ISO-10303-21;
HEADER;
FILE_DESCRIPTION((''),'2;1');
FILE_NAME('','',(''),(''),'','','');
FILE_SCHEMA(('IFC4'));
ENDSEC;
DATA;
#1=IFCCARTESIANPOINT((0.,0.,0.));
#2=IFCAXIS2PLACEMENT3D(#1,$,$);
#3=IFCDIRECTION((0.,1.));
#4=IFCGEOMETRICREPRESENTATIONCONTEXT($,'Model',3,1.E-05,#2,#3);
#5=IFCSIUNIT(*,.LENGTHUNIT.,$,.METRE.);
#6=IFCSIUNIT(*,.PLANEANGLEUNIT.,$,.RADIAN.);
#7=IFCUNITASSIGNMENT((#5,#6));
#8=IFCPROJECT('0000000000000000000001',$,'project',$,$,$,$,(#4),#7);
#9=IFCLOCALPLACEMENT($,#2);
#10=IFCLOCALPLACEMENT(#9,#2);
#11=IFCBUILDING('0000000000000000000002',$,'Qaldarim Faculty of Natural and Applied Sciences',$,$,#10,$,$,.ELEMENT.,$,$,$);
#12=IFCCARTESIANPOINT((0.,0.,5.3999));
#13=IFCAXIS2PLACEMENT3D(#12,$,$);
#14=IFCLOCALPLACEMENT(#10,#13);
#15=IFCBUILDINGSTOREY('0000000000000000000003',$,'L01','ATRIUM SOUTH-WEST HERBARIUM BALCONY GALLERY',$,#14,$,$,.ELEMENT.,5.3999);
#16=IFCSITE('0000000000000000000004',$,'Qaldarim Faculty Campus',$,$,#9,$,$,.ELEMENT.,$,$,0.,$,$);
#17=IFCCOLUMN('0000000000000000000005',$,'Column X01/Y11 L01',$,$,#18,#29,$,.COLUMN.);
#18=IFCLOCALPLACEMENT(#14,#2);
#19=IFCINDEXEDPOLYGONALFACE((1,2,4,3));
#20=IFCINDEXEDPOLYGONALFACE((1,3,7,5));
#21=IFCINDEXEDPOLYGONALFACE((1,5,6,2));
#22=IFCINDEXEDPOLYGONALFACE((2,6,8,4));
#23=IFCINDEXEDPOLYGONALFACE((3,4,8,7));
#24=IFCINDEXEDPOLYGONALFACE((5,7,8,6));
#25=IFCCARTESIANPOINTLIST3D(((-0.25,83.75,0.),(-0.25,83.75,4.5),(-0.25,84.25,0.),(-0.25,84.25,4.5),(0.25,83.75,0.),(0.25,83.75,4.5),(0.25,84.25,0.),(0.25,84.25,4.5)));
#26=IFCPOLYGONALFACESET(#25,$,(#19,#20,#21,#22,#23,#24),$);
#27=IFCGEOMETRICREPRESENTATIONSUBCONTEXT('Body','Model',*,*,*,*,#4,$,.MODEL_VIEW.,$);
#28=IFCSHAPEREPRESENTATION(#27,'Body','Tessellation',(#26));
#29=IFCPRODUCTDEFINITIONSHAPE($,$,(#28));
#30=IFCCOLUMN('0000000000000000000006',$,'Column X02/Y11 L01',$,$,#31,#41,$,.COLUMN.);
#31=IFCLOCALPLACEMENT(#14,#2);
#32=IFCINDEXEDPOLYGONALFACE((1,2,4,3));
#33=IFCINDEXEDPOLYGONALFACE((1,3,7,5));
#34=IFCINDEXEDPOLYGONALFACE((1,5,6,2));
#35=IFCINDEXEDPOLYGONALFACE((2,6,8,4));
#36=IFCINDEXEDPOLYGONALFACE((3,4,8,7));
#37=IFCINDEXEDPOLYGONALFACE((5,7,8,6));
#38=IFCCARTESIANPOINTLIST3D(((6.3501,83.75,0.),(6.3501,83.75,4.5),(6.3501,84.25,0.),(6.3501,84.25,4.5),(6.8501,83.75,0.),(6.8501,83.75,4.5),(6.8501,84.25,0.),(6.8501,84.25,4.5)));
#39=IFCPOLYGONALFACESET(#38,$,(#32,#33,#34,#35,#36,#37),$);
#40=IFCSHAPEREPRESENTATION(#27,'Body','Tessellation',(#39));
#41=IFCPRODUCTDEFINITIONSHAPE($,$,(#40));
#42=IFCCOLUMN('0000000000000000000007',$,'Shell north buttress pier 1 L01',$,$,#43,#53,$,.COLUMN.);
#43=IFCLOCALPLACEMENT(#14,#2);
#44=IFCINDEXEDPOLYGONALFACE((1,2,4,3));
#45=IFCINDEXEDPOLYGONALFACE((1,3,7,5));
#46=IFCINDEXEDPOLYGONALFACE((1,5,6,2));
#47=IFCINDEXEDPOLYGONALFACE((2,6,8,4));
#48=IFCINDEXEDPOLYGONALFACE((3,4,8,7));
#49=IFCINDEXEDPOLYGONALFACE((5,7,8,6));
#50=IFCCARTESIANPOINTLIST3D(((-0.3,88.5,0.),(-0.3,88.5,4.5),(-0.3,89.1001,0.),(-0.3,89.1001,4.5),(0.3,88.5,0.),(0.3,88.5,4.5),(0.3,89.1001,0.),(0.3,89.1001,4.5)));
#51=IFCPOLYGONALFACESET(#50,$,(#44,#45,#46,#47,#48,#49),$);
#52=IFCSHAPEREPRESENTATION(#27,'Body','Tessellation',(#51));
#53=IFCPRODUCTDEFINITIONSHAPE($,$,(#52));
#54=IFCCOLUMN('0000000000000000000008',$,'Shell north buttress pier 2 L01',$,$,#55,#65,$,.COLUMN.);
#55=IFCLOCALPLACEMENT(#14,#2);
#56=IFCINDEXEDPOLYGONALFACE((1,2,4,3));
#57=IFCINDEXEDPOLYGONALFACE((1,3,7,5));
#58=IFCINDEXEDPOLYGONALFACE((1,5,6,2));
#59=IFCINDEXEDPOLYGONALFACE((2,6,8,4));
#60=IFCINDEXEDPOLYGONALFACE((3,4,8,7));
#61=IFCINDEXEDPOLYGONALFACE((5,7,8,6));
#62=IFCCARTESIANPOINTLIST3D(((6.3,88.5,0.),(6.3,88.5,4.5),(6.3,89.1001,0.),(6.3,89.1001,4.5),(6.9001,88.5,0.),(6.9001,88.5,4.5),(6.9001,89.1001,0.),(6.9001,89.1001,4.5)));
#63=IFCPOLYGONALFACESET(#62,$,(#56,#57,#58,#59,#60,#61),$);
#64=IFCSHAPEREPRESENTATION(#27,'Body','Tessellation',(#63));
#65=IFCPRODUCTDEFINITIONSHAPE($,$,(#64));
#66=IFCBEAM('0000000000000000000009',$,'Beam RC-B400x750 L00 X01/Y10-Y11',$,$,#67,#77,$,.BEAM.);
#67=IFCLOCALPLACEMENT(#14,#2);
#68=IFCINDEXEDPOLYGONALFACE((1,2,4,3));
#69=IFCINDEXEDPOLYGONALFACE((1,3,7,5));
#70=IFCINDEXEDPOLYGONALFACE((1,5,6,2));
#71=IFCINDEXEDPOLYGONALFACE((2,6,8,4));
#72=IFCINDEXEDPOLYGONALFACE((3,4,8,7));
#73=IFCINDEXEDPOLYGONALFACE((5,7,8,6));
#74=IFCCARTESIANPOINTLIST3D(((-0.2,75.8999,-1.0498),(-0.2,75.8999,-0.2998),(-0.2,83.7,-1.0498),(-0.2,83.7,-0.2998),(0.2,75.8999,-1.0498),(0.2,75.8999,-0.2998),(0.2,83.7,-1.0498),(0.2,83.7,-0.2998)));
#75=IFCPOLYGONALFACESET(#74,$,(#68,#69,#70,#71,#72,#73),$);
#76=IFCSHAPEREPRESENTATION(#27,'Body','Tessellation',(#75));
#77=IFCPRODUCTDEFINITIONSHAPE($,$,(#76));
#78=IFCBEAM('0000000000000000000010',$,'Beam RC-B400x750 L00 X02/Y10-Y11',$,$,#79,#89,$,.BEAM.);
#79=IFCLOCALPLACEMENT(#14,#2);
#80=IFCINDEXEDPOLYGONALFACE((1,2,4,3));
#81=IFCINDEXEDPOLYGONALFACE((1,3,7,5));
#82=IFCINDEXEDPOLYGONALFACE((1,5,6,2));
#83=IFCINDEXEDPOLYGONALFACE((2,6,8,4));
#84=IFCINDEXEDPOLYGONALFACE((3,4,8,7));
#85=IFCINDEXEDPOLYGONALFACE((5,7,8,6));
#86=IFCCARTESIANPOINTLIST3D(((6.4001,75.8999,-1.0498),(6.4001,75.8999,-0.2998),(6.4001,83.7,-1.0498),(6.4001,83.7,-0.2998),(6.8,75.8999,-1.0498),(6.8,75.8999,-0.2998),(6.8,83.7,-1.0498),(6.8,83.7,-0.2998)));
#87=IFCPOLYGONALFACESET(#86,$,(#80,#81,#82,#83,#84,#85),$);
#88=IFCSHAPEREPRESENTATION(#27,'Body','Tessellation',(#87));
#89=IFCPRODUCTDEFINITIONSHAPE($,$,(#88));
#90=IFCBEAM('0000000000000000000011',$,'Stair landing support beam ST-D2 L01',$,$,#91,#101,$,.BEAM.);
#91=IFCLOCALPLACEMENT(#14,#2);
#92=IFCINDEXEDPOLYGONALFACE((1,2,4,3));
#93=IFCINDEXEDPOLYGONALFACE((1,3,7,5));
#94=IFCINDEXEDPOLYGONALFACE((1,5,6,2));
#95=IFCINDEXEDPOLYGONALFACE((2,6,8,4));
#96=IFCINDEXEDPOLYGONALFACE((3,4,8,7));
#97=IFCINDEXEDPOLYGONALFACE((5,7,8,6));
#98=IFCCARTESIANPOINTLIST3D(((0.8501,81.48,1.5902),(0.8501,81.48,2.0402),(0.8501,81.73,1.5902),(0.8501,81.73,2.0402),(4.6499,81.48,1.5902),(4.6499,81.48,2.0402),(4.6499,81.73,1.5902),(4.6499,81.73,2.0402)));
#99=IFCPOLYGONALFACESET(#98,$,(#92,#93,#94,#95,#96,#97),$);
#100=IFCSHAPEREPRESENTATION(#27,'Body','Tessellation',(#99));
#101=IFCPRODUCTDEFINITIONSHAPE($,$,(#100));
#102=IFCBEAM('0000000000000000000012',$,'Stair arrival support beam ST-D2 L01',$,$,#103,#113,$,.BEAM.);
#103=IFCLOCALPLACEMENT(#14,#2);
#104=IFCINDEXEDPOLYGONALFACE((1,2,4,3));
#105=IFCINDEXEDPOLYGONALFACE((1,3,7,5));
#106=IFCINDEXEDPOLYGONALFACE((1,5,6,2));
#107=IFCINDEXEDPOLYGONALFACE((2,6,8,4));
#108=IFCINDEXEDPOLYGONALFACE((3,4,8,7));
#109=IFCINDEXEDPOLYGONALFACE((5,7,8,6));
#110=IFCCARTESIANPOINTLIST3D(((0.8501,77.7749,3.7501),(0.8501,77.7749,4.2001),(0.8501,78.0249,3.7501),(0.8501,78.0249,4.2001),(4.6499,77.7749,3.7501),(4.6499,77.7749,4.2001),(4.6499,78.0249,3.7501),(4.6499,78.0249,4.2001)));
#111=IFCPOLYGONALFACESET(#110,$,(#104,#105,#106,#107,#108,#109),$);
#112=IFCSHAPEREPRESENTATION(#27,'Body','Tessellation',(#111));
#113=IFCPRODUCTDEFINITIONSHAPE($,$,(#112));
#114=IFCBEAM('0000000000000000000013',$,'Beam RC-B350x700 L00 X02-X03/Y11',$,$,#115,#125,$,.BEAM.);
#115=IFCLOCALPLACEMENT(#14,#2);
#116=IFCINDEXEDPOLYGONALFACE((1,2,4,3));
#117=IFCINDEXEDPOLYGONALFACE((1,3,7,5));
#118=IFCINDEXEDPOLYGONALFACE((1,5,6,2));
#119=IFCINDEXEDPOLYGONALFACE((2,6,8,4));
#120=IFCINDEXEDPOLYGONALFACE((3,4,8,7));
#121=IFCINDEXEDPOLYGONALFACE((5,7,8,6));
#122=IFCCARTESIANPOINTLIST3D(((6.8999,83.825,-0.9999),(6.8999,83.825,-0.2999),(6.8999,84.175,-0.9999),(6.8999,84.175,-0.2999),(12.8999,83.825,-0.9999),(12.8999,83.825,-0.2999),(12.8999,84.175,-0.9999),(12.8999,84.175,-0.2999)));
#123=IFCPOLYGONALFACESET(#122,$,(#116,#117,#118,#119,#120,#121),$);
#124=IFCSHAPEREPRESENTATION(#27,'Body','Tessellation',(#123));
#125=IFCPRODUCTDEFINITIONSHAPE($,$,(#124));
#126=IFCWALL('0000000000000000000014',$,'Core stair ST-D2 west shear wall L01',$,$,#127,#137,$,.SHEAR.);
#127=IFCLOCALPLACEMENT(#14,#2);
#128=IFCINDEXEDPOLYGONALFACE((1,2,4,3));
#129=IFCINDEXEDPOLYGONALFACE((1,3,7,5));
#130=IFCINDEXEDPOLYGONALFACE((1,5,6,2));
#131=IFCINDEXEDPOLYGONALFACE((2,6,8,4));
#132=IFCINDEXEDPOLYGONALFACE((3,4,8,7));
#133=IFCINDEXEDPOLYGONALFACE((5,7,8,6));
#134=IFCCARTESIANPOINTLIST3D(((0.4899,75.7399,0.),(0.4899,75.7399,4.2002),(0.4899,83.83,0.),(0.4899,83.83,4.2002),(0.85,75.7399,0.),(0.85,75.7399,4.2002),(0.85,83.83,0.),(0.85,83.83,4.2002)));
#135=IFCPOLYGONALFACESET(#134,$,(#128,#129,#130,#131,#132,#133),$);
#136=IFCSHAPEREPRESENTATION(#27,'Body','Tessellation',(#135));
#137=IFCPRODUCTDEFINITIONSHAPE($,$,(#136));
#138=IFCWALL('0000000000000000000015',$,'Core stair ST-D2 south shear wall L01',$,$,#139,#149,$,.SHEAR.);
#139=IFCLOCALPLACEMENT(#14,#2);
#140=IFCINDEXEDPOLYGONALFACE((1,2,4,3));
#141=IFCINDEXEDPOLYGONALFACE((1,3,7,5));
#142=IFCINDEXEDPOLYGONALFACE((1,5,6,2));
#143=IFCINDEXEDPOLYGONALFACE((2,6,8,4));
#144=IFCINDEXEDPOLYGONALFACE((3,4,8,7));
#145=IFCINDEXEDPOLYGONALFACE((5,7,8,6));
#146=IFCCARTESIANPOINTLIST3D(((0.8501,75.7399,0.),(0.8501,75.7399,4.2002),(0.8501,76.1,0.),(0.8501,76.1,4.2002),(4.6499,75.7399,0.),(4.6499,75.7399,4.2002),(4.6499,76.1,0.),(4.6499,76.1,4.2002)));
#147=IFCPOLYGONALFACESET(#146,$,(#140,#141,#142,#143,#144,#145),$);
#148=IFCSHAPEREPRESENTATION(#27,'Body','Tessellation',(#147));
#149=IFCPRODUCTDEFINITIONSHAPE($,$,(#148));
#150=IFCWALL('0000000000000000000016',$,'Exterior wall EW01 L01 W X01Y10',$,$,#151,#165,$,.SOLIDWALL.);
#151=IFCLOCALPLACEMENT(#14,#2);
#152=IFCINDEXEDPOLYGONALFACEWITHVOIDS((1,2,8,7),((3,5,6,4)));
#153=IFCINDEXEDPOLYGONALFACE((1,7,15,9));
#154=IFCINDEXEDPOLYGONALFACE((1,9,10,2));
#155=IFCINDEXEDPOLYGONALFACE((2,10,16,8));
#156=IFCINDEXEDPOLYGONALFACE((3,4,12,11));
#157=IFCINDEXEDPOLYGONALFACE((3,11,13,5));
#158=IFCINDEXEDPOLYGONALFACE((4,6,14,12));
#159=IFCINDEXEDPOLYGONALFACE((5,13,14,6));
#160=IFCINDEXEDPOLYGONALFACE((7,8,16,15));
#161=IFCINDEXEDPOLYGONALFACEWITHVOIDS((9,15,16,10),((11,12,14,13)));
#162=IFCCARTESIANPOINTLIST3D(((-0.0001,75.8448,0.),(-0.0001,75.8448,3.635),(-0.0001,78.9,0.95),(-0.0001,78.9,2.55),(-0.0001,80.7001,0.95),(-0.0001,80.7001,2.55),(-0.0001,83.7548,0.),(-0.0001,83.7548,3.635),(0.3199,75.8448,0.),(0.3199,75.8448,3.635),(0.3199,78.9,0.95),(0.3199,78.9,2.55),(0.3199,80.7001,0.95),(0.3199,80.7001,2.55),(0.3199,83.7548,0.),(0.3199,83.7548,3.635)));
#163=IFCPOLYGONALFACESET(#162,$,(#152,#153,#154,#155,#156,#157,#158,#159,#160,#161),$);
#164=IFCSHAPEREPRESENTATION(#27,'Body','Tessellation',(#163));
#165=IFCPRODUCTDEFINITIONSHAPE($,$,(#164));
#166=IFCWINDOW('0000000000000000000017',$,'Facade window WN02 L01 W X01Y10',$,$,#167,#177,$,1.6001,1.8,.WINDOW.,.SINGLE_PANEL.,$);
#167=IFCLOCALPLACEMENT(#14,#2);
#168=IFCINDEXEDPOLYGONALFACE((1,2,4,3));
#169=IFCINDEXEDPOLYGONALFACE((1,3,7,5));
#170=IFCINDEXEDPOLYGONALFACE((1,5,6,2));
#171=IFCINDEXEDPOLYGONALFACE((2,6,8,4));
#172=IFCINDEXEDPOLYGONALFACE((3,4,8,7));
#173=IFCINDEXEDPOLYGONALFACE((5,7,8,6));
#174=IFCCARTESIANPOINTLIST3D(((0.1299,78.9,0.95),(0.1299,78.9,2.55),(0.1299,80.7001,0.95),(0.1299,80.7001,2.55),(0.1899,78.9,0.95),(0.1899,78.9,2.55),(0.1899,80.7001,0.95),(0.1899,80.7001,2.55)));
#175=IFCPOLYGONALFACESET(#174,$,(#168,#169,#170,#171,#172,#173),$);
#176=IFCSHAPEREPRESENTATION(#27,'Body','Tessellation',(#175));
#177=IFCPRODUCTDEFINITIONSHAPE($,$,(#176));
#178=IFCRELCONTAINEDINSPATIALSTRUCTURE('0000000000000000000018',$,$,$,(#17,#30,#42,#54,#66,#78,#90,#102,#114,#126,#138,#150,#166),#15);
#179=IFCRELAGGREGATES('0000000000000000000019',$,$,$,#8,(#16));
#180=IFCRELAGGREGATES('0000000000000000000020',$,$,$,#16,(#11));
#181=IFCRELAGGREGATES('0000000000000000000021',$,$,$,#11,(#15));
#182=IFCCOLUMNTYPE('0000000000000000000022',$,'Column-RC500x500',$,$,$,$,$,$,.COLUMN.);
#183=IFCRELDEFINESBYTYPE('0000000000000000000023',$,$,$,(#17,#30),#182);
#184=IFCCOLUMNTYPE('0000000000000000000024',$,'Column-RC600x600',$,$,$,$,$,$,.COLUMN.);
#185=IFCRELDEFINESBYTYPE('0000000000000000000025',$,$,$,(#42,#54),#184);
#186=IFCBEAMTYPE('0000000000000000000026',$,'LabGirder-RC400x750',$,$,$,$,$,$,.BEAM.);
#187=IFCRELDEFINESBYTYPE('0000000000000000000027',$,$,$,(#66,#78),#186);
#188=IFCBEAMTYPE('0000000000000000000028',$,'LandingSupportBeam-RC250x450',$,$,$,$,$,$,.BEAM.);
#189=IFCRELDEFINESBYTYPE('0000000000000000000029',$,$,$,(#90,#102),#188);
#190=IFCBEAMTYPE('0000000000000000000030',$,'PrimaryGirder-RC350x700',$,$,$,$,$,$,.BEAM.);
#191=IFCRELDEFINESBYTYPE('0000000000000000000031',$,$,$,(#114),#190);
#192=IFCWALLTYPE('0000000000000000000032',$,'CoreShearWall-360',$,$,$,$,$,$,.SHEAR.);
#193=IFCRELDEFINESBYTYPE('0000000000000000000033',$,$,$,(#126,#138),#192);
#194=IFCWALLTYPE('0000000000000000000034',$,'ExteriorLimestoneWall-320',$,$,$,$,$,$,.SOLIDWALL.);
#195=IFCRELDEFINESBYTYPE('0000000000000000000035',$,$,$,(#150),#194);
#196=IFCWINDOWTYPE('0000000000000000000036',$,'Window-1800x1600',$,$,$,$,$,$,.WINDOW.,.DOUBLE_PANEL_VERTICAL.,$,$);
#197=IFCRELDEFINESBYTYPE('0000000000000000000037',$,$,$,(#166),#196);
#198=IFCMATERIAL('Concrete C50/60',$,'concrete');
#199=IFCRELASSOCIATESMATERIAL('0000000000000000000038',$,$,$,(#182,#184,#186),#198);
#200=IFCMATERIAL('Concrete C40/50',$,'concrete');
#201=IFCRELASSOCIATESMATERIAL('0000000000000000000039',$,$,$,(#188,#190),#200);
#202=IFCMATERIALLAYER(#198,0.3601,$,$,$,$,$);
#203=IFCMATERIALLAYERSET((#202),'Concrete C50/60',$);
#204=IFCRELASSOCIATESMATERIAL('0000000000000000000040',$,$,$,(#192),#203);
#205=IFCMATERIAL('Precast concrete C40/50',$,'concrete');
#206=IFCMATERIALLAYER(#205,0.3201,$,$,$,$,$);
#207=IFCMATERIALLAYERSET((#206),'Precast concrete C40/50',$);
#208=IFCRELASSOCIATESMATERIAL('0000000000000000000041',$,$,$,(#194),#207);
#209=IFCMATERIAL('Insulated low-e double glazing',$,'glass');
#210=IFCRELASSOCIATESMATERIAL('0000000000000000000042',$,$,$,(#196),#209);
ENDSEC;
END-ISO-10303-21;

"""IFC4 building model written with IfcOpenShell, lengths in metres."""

from ifc_helpers import new_model, si_unit, direction, frame, frame_2d, origin, origin_2d, place, context, subcontext, project, spatial, rectangle, extrude, material, layer, layer_set, material_profile, profile_set, type_object, element, fill, save


model = new_model("IFC4")

# Units and contexts
model_context = context("Model", 3, precision=1e-05, world=origin(), true_north=direction((0.0, 1.0)))
body_context = subcontext(model_context, "Body", "Model", "MODEL_VIEW")
ifc_project = project(units=[si_unit("LENGTHUNIT", "METRE"), si_unit("PLANEANGLEUNIT", "RADIAN")], contexts=[model_context])

# Site, building, storey
site_placement = place(None, origin())
site = spatial("IfcSite", under=ifc_project, at=site_placement, Name="Qaldarim Faculty Campus", CompositionType="ELEMENT", RefElevation=0.0)
building_placement = place(site_placement, origin())
building = spatial("IfcBuilding", under=site, at=building_placement, Name="Qaldarim Faculty of Natural and Applied Sciences", CompositionType="ELEMENT")
storey_placement = place(building_placement, frame((0.0, 0.0, 5.3999)))
storey = spatial("IfcBuildingStorey", under=building, at=storey_placement, Name="L01", Description="ATRIUM SOUTH-WEST HERBARIUM BALCONY GALLERY", CompositionType="ELEMENT", Elevation=5.3999)

# Columns
ifc_material_1 = material(Name="Concrete C50/60", Category="concrete")
ifc_material_profile_1 = material_profile(ifc_material_1, rectangle(XDim=0.5, YDim=0.5, at=origin_2d()), Name="RC-C500x500")
ifc_profile_set_1 = profile_set([ifc_material_profile_1], Name="Concrete C50/60")
column_type_1 = type_object("IfcColumnType", Name="Column-RC500x500", PredefinedType="COLUMN", material=ifc_profile_set_1)
for number, where, z_axis, x_axis, name in (
    (1, (0.0, 84.0, 0.0), (0.0, 0.0, 1.0), (1.0, 0.0, 0.0), "Column X01/Y11 L01"),
    (2, (6.6001, 84.0, 0.0), (0.0, 0.0, 1.0), (1.0, 0.0, 0.0), "Column X02/Y11 L01"),
):
    element("IfcColumn", number, at=place(storey_placement, frame(where, z_axis=z_axis, x_axis=x_axis)), inside=storey, type_object=column_type_1, Name=name, PredefinedType="COLUMN", context=body_context, shape_type="SweptSolid", body=[
        extrude(rectangle(XDim=0.5, YDim=0.5, at=origin_2d()), origin(), (0.0, 0.0, 1.0), 4.5),
    ])
ifc_material_profile_2 = material_profile(ifc_material_1, rectangle(XDim=0.6001, YDim=0.6001, at=origin_2d()), Name="RC-C600x600")
ifc_profile_set_2 = profile_set([ifc_material_profile_2], Name="Concrete C50/60")
column_type_2 = type_object("IfcColumnType", Name="Column-RC600x600", PredefinedType="COLUMN", material=ifc_profile_set_2)
for number, where, z_axis, x_axis, name in (
    (3, (0.0, 88.8, 0.0), (0.0, 0.0, 1.0), (1.0, 0.0, 0.0), "Shell north buttress pier 1 L01"),
    (4, (6.6001, 88.8, 0.0), (0.0, 0.0, 1.0), (1.0, 0.0, 0.0), "Shell north buttress pier 2 L01"),
):
    element("IfcColumn", number, at=place(storey_placement, frame(where, z_axis=z_axis, x_axis=x_axis)), inside=storey, type_object=column_type_2, Name=name, PredefinedType="COLUMN", context=body_context, shape_type="SweptSolid", body=[
        extrude(rectangle(XDim=0.6001, YDim=0.6001, at=origin_2d()), origin(), (0.0, 0.0, 1.0), 4.5),
    ])

# Beams
ifc_material_profile_3 = material_profile(ifc_material_1, rectangle(XDim=0.3999, YDim=0.75, at=origin_2d()), Name="RC-B400x750")
ifc_profile_set_3 = profile_set([ifc_material_profile_3], Name="Concrete C50/60")
beam_type_1 = type_object("IfcBeamType", Name="LabGirder-RC400x750", PredefinedType="BEAM", material=ifc_profile_set_3)
for number, where, z_axis, x_axis, name in (
    (5, (0.0, 75.8999, -0.6748), (0.0, 1.0, 0.0), (-1.0, 0.0, 0.0), "Beam RC-B400x750 L00 X01/Y10-Y11"),
    (6, (6.6001, 75.8999, -0.6748), (0.0, 1.0, 0.0), (-1.0, 0.0, 0.0), "Beam RC-B400x750 L00 X02/Y10-Y11"),
):
    element("IfcBeam", number, at=place(storey_placement, frame(where, z_axis=z_axis, x_axis=x_axis)), inside=storey, type_object=beam_type_1, Name=name, PredefinedType="BEAM", context=body_context, shape_type="SweptSolid", body=[
        extrude(rectangle(XDim=0.3999, YDim=0.75, at=origin_2d()), origin(), (0.0, 0.0, 1.0), 7.8),
    ])
ifc_material_2 = material(Name="Concrete C40/50", Category="concrete")
ifc_material_profile_4 = material_profile(ifc_material_2, rectangle(XDim=0.25, YDim=0.45, at=origin_2d()), Name="RC-LN250x450")
ifc_profile_set_4 = profile_set([ifc_material_profile_4], Name="Concrete C40/50")
beam_type_2 = type_object("IfcBeamType", Name="LandingSupportBeam-RC250x450", PredefinedType="BEAM", material=ifc_profile_set_4)
for number, where, z_axis, x_axis, name in (
    (7, (0.8501, 81.605, 1.8152), (1.0, 0.0, 0.0), (0.0, 1.0, 0.0), "Stair landing support beam ST-D2 L01"),
    (8, (0.8501, 77.8999, 3.9751), (1.0, 0.0, 0.0), (0.0, 1.0, 0.0), "Stair arrival support beam ST-D2 L01"),
):
    element("IfcBeam", number, at=place(storey_placement, frame(where, z_axis=z_axis, x_axis=x_axis)), inside=storey, type_object=beam_type_2, Name=name, PredefinedType="BEAM", context=body_context, shape_type="SweptSolid", body=[
        extrude(rectangle(XDim=0.25, YDim=0.45, at=origin_2d()), origin(), (0.0, 0.0, 1.0), 3.7998),
    ])
ifc_material_profile_5 = material_profile(ifc_material_2, rectangle(XDim=0.3501, YDim=0.7, at=origin_2d()), Name="RC-B350x700")
ifc_profile_set_5 = profile_set([ifc_material_profile_5], Name="Concrete C40/50")
beam_type_3 = type_object("IfcBeamType", Name="PrimaryGirder-RC350x700", PredefinedType="BEAM", material=ifc_profile_set_5)
beam_placement = place(storey_placement, frame((6.8999, 84.0, -0.6499), z_axis=(1.0, 0.0, 0.0), x_axis=(0.0, 1.0, 0.0)))
element("IfcBeam", 9, at=beam_placement, inside=storey, type_object=beam_type_3, Name="Beam RC-B350x700 L00 X02-X03/Y11", PredefinedType="BEAM", context=body_context, shape_type="SweptSolid", body=[
    extrude(rectangle(XDim=0.3501, YDim=0.7, at=origin_2d()), origin(), (0.0, 0.0, 1.0), 6.0),
])

# Wall
ifc_layer_1 = layer(ifc_material_1, 0.3601)
ifc_layer_set_1 = layer_set([ifc_layer_1], Name="Concrete C50/60")
wall_type_1 = type_object("IfcWallType", Name="CoreShearWall-360", PredefinedType="SHEAR", material=ifc_layer_set_1)
wall_1_placement = place(storey_placement, frame((0.6699, 75.74, 0.0), z_axis=(0.0, 0.0, 1.0), x_axis=(0.0, 1.0, 0.0)))
element("IfcWall", 10, at=wall_1_placement, inside=storey, type_object=wall_type_1, Name="Core stair ST-D2 west shear wall L01", PredefinedType="SHEAR", context=body_context, shape_type="SweptSolid", body=[
    extrude(rectangle(XDim=8.0901, YDim=0.3601, at=frame_2d((4.0449, 0.0))), origin(), (0.0, 0.0, 1.0), 4.2002),
])

# Wall
wall_2_placement = place(storey_placement, frame((0.8501, 75.9199, 0.0), z_axis=(0.0, 0.0, 1.0), x_axis=(1.0, 0.0, 0.0)))
element("IfcWall", 11, at=wall_2_placement, inside=storey, type_object=wall_type_1, Name="Core stair ST-D2 south shear wall L01", PredefinedType="SHEAR", context=body_context, shape_type="SweptSolid", body=[
    extrude(rectangle(XDim=3.7998, YDim=0.3601, at=frame_2d((1.8999, 0.0))), origin(), (0.0, 0.0, 1.0), 4.2002),
])

# Wall, opening, window
ifc_material_3 = material(Name="Precast concrete C40/50", Category="concrete")
ifc_layer_2 = layer(ifc_material_3, 0.3201)
ifc_layer_set_2 = layer_set([ifc_layer_2], Name="Precast concrete C40/50")
wall_type_2 = type_object("IfcWallType", Name="ExteriorLimestoneWall-320", PredefinedType="SOLIDWALL", material=ifc_layer_set_2)
wall_3_placement = place(storey_placement, frame((0.1599, 83.7549, 0.0), z_axis=(0.0, 0.0, 1.0), x_axis=(0.0, -1.0, 0.0)))
wall_3 = element("IfcWall", 12, at=wall_3_placement, inside=storey, type_object=wall_type_2, Name="Exterior wall EW01 L01 W X01Y10", PredefinedType="SOLIDWALL", context=body_context, shape_type="SweptSolid", body=[
    extrude(rectangle(XDim=7.9099, YDim=0.3201, at=frame_2d((3.9551, 0.0))), origin(), (0.0, 0.0, 1.0), 3.635),
])
opening_1_placement = place(wall_3_placement, frame((3.0549, 0.0, 0.95)))
opening_1 = element("IfcOpeningElement", 13, at=opening_1_placement, cuts=wall_3, PredefinedType="OPENING", context=body_context, shape_type="SweptSolid", body=[
    extrude(rectangle(XDim=1.8, YDim=1.6001, at=frame_2d((0.8999, 0.8))), frame((0.0, 0.1699, 0.0), z_axis=(0.0, -1.0, 0.0), x_axis=(1.0, 0.0, 0.0)), (0.0, 0.0, 1.0), 0.3401),
])
ifc_material_4 = material(Name="Insulated low-e double glazing", Category="glass")
window_type = type_object("IfcWindowType", Name="Window-1800x1600", PartitioningType="DOUBLE_PANEL_VERTICAL", PredefinedType="WINDOW", material=ifc_material_4)
window_placement = place(opening_1_placement, origin())
window = element("IfcWindow", 14, at=window_placement, inside=storey, type_object=window_type, Name="Facade window WN02 L01 W X01Y10", OverallHeight=1.6001, OverallWidth=1.8, PartitioningType="SINGLE_PANEL", PredefinedType="WINDOW", context=body_context, shape_type="SweptSolid", body=[
    extrude(rectangle(XDim=1.8, YDim=1.6001, at=frame_2d((0.8999, 0.8))), frame((0.0, 0.03, 0.0), z_axis=(0.0, -1.0, 0.0), x_axis=(1.0, 0.0, 0.0)), (0.0, 0.0, 1.0), 0.0601),
])
fill(opening_1, window)

save(model, "model.ifc")
